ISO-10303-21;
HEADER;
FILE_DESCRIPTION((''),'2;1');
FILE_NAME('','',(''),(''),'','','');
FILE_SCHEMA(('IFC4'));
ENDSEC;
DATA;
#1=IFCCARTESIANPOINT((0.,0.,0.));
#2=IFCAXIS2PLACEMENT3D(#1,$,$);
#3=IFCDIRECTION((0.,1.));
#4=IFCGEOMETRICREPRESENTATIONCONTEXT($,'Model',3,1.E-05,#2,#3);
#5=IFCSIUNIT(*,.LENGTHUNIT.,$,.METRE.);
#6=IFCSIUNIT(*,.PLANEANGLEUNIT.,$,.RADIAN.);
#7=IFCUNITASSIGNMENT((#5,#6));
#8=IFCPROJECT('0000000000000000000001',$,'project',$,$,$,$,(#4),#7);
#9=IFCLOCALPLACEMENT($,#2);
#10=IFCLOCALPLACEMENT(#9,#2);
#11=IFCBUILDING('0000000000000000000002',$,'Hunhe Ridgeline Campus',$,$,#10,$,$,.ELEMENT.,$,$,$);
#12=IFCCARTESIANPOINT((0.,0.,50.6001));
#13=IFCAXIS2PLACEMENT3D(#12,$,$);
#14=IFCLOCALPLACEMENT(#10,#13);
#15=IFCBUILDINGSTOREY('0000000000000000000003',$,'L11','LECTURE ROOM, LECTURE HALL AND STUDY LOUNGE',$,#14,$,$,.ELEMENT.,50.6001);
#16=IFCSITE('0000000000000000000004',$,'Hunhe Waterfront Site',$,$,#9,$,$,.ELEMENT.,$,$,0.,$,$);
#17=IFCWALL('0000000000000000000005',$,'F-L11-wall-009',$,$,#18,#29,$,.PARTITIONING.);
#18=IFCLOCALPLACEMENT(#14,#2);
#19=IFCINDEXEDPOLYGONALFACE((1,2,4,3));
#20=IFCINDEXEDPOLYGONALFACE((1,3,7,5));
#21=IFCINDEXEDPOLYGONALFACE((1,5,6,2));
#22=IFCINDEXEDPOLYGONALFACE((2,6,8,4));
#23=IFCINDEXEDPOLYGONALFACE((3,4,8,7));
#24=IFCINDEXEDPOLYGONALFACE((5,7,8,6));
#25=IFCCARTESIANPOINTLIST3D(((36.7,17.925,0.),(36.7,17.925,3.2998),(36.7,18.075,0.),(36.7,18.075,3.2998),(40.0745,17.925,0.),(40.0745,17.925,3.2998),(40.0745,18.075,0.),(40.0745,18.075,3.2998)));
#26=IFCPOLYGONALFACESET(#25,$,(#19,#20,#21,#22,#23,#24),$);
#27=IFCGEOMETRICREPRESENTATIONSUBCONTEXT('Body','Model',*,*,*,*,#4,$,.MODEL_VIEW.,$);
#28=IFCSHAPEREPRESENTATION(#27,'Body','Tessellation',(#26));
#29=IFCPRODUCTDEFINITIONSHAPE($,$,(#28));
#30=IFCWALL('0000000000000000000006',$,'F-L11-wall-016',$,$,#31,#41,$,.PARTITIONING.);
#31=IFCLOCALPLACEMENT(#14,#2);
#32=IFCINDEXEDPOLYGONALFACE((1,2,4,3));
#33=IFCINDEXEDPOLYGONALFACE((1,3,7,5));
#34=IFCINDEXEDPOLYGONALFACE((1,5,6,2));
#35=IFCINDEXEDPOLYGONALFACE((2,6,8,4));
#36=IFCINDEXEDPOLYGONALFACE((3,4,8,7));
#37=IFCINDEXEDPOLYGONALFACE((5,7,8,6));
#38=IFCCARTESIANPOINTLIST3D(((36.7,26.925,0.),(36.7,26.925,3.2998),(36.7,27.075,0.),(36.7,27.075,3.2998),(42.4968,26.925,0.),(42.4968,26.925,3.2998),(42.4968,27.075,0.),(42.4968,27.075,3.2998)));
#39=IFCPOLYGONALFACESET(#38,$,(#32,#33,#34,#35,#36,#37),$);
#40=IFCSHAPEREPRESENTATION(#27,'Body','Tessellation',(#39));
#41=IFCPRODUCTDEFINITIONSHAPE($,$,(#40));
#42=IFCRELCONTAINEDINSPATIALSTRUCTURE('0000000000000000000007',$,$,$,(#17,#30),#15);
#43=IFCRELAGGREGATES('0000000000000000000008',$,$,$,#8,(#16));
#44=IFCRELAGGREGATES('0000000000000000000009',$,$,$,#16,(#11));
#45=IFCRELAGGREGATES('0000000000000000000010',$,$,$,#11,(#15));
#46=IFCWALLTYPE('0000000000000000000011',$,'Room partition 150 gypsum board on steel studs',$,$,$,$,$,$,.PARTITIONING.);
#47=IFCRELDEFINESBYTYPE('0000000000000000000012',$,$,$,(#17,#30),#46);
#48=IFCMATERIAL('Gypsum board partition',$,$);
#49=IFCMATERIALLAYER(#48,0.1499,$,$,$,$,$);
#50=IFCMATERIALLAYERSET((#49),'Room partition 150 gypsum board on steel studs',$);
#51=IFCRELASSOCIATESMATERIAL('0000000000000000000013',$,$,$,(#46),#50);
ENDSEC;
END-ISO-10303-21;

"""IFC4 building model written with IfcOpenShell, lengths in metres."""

from ifc_helpers import new_model, si_unit, direction, frame, frame_2d, origin, place, context, subcontext, project, spatial, rectangle, extrude, material, layer, layer_set, type_object, element, save


model = new_model("IFC4")

# Units and contexts
model_context = context("Model", 3, precision=1e-05, world=origin(), true_north=direction((0.0, 1.0)))
body_context = subcontext(model_context, "Body", "Model", "MODEL_VIEW")
ifc_project = project(units=[si_unit("LENGTHUNIT", "METRE"), si_unit("PLANEANGLEUNIT", "RADIAN")], contexts=[model_context])

# Site, building, storey
site_placement = place(None, origin())
site = spatial("IfcSite", under=ifc_project, at=site_placement, Name="Hunhe Waterfront Site", CompositionType="ELEMENT", RefElevation=0.0)
building_placement = place(site_placement, origin())
building = spatial("IfcBuilding", under=site, at=building_placement, Name="Hunhe Ridgeline Campus", CompositionType="ELEMENT")
storey_placement = place(building_placement, frame((0.0, 0.0, 50.6001)))
storey = spatial("IfcBuildingStorey", under=building, at=storey_placement, Name="L11", Description="LECTURE ROOM, LECTURE HALL AND STUDY LOUNGE", CompositionType="ELEMENT", Elevation=50.6001)

# Walls
ifc_material_1 = material(Name="Gypsum board partition")
ifc_layer_1 = layer(ifc_material_1, 0.1499)
ifc_layer_set_1 = layer_set([ifc_layer_1], Name="Room partition 150 gypsum board on steel studs")
wall_type_1 = type_object("IfcWallType", Name="Room partition 150 gypsum board on steel studs", PredefinedType="PARTITIONING", material=ifc_layer_set_1)
wall_1_placement = place(storey_placement, frame((36.7, 18.0, 0.0), z_axis=(0.0, 0.0, 1.0), x_axis=(1.0, 0.0, 0.0)))
element("IfcWall", 1, at=wall_1_placement, inside=storey, type_object=wall_type_1, Name="F-L11-wall-009", PredefinedType="PARTITIONING", context=body_context, shape_type="SweptSolid", body=[
    extrude(rectangle(XDim=3.3745, YDim=0.1499, at=frame_2d((1.6873, 0.0))), origin(), (0.0, 0.0, 1.0), 3.2998),
])
wall_2_placement = place(storey_placement, frame((36.7, 27.0, 0.0), z_axis=(0.0, 0.0, 1.0), x_axis=(1.0, 0.0, 0.0)))
element("IfcWall", 2, at=wall_2_placement, inside=storey, type_object=wall_type_1, Name="F-L11-wall-016", PredefinedType="PARTITIONING", context=body_context, shape_type="SweptSolid", body=[
    extrude(rectangle(XDim=5.7969, YDim=0.1499, at=frame_2d((2.8984, 0.0))), origin(), (0.0, 0.0, 1.0), 3.2998),
])

save(model, "model.ifc")
